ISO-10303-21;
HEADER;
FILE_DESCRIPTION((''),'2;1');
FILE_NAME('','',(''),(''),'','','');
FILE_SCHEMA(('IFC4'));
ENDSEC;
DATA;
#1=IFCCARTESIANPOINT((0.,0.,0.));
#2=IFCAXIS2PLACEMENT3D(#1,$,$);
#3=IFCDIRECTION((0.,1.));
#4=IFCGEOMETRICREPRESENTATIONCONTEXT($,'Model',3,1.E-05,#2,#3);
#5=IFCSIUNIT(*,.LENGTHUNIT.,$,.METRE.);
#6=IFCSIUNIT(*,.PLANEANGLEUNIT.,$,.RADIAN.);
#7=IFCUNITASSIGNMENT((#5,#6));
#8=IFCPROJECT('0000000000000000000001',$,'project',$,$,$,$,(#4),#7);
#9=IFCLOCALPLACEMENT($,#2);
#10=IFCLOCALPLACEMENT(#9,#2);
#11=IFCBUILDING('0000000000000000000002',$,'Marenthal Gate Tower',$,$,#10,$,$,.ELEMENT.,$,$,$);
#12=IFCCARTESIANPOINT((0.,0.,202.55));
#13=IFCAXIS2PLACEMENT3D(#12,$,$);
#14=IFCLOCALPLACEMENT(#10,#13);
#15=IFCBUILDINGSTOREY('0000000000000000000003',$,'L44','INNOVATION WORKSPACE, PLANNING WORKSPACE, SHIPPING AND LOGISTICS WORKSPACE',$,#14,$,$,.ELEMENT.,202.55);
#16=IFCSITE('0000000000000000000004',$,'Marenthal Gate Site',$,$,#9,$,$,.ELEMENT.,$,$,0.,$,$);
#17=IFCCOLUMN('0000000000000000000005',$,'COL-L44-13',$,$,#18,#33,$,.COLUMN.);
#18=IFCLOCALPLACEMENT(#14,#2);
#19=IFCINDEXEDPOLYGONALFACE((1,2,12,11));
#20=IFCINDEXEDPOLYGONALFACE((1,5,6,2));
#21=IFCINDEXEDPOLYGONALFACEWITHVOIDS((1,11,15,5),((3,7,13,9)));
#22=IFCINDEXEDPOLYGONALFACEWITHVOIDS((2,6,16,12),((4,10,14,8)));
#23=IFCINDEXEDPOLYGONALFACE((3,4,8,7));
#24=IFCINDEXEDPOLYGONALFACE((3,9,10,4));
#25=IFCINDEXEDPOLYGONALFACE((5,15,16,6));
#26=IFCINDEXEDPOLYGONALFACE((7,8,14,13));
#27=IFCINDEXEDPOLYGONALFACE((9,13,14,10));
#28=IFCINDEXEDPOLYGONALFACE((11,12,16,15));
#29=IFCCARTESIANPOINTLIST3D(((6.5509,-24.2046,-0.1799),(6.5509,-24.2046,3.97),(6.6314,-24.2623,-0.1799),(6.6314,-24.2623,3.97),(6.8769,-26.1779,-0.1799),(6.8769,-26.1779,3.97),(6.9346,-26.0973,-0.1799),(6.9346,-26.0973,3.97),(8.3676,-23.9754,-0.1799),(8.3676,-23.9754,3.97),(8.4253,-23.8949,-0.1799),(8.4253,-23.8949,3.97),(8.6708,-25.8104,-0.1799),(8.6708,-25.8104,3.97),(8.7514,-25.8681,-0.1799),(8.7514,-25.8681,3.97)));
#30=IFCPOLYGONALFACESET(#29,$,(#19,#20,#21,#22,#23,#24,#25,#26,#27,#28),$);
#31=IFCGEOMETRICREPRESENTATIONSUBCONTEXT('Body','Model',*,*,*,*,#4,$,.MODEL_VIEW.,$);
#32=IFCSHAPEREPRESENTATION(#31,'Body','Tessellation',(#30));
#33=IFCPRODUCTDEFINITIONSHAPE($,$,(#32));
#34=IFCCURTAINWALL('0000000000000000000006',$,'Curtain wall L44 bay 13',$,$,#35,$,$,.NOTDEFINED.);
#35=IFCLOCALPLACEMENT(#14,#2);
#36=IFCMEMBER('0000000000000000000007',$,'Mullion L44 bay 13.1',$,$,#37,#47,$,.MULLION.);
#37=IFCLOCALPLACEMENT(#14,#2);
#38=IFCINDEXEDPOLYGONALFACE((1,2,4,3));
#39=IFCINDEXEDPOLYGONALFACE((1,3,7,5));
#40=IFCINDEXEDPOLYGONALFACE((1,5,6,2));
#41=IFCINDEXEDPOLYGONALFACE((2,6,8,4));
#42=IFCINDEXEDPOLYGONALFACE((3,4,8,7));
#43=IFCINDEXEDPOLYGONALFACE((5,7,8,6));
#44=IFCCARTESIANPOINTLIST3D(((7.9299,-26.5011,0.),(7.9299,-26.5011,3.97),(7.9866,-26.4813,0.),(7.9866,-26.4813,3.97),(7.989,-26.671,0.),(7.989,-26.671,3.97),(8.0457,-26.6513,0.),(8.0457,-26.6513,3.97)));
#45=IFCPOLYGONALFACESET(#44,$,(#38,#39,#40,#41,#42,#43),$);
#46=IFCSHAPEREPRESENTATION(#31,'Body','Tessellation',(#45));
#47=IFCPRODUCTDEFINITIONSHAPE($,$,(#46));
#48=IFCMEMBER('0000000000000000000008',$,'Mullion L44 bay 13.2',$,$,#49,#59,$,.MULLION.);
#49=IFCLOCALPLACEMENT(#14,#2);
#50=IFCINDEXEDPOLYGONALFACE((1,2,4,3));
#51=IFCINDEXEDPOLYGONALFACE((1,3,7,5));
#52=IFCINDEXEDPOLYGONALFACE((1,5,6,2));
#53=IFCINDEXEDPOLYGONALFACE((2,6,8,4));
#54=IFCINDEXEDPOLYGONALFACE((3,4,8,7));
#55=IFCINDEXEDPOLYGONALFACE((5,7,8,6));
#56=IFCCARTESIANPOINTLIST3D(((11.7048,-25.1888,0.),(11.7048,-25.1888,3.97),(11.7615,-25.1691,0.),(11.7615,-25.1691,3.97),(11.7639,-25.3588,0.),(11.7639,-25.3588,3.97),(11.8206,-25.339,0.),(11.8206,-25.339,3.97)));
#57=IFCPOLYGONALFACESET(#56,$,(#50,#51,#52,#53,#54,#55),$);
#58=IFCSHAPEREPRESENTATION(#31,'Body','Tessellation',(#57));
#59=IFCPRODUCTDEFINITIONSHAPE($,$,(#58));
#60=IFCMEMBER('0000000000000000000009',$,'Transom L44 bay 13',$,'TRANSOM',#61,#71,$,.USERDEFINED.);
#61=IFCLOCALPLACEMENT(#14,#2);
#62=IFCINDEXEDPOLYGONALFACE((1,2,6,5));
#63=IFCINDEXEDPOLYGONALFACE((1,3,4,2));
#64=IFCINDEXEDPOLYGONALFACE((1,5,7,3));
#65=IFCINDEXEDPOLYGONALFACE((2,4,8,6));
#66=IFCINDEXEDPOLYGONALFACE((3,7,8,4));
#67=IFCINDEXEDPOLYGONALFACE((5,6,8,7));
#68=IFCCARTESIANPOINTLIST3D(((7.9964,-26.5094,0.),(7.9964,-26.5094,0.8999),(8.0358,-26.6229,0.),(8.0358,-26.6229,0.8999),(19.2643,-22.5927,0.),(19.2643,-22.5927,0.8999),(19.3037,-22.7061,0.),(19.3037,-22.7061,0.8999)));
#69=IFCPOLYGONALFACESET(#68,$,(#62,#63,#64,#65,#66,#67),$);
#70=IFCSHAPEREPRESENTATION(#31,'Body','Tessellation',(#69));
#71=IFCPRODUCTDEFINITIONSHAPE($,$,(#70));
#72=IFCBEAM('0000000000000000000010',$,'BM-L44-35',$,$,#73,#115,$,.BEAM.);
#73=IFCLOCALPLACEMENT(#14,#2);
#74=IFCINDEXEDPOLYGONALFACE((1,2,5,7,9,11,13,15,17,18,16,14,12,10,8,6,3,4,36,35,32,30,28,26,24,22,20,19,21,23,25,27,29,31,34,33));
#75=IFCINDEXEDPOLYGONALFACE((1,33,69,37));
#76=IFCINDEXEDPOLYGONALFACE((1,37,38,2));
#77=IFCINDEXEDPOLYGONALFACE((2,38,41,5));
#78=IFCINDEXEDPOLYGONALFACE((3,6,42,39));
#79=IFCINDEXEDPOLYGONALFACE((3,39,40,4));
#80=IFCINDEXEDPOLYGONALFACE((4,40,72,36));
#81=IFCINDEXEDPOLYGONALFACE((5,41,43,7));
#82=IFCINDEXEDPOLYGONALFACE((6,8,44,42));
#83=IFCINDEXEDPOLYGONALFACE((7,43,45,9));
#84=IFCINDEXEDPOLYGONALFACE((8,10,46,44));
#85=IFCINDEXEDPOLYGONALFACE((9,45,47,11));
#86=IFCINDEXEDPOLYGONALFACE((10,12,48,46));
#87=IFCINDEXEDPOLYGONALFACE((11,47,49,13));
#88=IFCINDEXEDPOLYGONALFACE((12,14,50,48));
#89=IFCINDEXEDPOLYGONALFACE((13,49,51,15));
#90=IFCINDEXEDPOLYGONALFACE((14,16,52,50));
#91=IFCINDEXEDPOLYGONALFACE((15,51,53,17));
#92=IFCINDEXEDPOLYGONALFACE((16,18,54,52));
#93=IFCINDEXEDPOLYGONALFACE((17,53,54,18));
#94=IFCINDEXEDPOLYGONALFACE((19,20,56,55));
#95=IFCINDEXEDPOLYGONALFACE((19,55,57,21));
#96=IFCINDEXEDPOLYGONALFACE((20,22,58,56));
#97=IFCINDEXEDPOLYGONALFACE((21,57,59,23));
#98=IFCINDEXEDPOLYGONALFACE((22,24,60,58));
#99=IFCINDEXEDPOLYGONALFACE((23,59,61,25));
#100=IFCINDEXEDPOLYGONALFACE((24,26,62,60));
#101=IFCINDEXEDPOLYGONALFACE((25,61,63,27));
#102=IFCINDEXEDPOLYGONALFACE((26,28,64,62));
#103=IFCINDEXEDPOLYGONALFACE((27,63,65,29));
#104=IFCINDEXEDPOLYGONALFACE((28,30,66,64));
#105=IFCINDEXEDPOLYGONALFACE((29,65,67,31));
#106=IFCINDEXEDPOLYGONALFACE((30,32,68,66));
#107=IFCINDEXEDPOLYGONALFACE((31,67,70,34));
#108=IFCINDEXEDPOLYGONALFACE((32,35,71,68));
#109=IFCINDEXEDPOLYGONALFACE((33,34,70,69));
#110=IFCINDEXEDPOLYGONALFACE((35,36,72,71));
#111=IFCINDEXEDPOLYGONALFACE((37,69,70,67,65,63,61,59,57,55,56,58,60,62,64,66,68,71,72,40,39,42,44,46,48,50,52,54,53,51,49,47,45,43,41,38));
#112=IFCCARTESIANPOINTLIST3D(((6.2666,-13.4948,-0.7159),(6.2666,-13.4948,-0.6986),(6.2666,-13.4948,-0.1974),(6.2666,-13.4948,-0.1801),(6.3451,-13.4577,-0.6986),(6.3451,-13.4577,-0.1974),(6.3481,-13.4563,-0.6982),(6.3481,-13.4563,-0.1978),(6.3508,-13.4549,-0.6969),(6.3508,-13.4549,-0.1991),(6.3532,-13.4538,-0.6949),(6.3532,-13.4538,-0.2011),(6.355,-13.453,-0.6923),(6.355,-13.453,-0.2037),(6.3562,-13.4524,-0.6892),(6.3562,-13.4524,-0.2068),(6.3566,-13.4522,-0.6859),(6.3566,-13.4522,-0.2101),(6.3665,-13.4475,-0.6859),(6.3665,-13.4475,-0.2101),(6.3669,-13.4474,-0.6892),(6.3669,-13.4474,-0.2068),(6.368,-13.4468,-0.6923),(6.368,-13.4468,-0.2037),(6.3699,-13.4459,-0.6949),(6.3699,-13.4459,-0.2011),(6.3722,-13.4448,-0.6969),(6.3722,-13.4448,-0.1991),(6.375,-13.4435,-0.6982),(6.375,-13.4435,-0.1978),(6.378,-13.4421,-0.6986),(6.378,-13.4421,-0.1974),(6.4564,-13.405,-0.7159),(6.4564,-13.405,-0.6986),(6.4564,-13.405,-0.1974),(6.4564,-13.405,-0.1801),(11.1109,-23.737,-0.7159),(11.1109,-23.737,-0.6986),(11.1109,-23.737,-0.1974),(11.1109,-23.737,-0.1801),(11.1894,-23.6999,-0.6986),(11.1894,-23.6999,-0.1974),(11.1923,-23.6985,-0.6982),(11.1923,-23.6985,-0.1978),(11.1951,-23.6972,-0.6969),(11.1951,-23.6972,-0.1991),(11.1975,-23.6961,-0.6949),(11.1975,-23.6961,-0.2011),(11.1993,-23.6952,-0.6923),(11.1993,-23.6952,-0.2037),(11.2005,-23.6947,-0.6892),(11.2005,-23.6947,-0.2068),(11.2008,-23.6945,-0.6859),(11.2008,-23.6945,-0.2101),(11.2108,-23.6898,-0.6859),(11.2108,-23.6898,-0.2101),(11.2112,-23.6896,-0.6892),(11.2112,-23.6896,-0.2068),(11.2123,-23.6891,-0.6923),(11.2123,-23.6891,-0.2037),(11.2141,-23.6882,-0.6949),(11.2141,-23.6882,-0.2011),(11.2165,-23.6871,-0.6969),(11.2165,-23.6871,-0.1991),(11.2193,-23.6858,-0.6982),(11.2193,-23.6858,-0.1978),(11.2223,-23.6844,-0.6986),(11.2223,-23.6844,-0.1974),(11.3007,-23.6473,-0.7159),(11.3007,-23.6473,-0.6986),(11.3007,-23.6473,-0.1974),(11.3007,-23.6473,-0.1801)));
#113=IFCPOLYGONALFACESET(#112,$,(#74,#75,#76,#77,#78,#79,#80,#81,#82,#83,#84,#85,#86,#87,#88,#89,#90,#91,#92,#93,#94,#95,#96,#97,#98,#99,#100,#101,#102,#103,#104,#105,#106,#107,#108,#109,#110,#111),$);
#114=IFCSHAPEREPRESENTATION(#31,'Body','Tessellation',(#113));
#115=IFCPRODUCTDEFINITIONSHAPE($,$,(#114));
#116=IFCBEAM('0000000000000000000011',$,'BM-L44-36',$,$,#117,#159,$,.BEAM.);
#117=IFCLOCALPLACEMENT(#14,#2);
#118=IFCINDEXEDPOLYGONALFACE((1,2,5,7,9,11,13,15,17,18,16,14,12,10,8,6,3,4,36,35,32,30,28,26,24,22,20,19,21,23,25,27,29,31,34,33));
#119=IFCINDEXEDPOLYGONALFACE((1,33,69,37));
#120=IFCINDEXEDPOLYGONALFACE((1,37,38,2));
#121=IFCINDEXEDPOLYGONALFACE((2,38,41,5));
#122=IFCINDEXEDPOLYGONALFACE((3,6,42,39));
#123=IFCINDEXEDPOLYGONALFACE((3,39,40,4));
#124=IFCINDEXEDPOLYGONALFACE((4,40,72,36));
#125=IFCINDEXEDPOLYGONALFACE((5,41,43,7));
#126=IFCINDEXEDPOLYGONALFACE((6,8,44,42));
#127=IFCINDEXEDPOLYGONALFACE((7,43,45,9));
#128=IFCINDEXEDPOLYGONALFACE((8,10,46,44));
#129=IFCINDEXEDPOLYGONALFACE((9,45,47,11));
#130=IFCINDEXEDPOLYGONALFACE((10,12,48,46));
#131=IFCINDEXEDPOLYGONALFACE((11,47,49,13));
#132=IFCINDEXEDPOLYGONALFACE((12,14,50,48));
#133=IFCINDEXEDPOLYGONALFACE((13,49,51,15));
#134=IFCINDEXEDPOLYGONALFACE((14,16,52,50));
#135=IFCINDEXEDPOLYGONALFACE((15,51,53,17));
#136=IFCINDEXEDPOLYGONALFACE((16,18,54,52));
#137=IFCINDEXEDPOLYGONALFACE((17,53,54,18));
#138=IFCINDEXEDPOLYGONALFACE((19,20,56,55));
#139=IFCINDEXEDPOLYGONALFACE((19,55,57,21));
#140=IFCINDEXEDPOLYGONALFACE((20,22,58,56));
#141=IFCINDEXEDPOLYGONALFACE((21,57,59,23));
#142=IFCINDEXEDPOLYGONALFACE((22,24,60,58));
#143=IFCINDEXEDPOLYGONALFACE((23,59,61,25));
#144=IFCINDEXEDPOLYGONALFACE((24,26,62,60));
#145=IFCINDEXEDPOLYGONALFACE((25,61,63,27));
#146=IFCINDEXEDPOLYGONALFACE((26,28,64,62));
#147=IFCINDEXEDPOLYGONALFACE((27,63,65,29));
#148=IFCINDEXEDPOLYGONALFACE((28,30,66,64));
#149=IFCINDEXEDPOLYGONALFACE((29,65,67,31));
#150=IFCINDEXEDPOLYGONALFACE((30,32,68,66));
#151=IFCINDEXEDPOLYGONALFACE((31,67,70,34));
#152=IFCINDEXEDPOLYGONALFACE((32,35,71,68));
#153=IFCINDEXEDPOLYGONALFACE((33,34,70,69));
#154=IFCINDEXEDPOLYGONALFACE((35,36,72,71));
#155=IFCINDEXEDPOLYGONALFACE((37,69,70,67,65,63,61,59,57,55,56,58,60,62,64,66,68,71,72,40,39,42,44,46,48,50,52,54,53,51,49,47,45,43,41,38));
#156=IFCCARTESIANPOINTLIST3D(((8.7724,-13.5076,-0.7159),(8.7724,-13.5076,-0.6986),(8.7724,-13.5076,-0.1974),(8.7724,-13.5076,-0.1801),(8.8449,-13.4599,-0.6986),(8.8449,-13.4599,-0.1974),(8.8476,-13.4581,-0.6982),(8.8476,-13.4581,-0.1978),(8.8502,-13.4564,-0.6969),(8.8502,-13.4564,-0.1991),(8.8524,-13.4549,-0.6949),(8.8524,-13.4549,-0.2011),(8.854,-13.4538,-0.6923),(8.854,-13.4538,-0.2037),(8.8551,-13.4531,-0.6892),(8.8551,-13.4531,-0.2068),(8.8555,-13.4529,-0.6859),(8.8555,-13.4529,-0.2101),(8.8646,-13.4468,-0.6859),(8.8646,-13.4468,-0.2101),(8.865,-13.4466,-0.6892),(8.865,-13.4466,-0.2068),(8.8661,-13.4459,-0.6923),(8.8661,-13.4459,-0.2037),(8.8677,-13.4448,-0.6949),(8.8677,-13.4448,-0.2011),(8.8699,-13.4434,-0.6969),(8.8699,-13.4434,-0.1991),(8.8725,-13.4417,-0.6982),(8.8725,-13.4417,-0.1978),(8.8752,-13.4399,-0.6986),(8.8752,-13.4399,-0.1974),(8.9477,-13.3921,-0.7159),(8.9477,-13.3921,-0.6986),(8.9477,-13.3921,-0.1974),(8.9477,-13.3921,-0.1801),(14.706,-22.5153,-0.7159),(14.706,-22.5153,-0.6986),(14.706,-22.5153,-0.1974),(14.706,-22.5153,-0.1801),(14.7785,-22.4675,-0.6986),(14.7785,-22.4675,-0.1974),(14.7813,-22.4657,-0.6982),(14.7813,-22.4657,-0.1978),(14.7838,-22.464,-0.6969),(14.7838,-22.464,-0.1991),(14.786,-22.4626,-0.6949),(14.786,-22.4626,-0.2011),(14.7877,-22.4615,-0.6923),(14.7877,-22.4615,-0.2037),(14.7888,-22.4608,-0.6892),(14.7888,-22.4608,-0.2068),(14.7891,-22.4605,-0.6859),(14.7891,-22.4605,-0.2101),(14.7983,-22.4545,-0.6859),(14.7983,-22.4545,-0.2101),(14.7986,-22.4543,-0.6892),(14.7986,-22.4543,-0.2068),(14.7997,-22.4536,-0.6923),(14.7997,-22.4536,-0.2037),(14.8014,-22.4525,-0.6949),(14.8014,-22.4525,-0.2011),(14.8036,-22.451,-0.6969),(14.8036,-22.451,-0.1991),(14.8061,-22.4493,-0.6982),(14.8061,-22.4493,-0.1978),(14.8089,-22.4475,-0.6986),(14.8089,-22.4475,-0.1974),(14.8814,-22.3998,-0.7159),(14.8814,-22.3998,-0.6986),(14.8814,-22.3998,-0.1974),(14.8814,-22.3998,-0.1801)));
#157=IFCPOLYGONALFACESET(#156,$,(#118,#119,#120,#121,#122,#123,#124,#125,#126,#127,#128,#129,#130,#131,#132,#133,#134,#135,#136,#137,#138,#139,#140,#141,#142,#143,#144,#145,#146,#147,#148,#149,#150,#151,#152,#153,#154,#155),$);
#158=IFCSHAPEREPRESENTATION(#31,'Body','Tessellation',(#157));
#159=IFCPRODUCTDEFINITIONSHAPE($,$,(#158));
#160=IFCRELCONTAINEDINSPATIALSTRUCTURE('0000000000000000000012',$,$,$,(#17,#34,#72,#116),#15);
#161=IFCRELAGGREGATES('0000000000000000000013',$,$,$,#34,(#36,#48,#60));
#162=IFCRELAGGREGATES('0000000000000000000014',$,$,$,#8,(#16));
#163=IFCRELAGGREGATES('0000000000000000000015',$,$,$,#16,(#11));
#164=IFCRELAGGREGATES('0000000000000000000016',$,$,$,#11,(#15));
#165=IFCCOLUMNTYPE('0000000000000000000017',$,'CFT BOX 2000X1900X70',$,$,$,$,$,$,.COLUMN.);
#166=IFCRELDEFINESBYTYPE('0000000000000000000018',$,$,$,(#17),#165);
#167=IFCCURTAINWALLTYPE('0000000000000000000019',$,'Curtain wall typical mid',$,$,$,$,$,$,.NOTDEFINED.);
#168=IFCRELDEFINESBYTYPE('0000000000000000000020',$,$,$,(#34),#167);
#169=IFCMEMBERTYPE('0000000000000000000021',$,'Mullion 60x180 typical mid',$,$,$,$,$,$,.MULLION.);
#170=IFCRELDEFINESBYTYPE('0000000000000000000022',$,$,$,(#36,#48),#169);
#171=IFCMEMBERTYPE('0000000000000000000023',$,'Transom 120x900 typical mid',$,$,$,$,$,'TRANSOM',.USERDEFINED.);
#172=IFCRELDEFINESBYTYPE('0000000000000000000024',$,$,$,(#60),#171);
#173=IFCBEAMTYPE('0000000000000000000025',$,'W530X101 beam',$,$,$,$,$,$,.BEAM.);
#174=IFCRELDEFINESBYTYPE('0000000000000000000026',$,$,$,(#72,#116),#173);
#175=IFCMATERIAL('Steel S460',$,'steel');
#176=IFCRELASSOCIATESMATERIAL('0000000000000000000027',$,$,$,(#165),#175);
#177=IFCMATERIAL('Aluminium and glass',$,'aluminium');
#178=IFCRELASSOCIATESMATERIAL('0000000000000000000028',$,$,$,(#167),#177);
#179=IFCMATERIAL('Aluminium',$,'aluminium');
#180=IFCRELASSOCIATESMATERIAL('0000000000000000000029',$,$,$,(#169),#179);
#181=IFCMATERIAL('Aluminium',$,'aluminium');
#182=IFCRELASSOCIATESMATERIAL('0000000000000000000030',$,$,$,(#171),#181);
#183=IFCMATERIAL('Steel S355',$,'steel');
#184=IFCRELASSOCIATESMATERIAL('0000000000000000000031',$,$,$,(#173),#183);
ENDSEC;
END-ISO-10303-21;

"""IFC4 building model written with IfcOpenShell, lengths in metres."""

from ifc_helpers import new_model, si_unit, direction, frame, origin, origin_2d, place, context, subcontext, project, spatial, rectangle, hollow_rectangle, i_section, extrude, material, material_profile, profile_set, type_object, element, aggregate, save


model = new_model("IFC4")

# Units and contexts
model_context = context("Model", 3, precision=1e-05, world=origin(), true_north=direction((0.0, 1.0)))
body_context = subcontext(model_context, "Body", "Model", "MODEL_VIEW")
ifc_project = project(units=[si_unit("LENGTHUNIT", "METRE"), si_unit("PLANEANGLEUNIT", "RADIAN")], contexts=[model_context])

# Site, building, storey
site_placement = place(None, origin())
site = spatial("IfcSite", under=ifc_project, at=site_placement, Name="Marenthal Gate Site", CompositionType="ELEMENT", RefElevation=0.0)
building_placement = place(site_placement, origin())
building = spatial("IfcBuilding", under=site, at=building_placement, Name="Marenthal Gate Tower", CompositionType="ELEMENT")
storey_placement = place(building_placement, frame((0.0, 0.0, 202.55)))
storey = spatial("IfcBuildingStorey", under=building, at=storey_placement, Name="L44", Description="INNOVATION WORKSPACE, PLANNING WORKSPACE, SHIPPING AND LOGISTICS WORKSPACE", CompositionType="ELEMENT", Elevation=202.55)

# Column
ifc_material_1 = material(Name="Steel S460", Category="steel")
ifc_material_profile_1 = material_profile(ifc_material_1, hollow_rectangle(XDim=1.8999, YDim=2.0, WallThickness=0.0701, at=origin_2d()), Name="CFT BOX 2000X1900X70")
ifc_material_2 = material(Name="Concrete 70 MPa", Category="concrete")
ifc_material_profile_2 = material_profile(ifc_material_2, rectangle(XDim=1.76, YDim=1.8601, at=origin_2d()), Name="CFT BOX 2000X1900X70 INFILL")
ifc_profile_set_1 = profile_set([ifc_material_profile_1, ifc_material_profile_2], Name="Steel S460 shell, Concrete 70 MPa infill")
column_type = type_object("IfcColumnType", Name="CFT BOX 2000X1900X70", PredefinedType="COLUMN", material=ifc_profile_set_1)
column_placement = place(storey_placement, frame((7.6511, -25.0364, -0.1799), z_axis=(0.0, 0.0, 1.0), x_axis=(-0.986621, -0.16303, 0.0)))
element("IfcColumn", 1, at=column_placement, inside=storey, type_object=column_type, Name="COL-L44-13", PredefinedType="COLUMN", context=body_context, shape_type="SweptSolid", body=[
    extrude(hollow_rectangle(XDim=1.8999, YDim=2.0, WallThickness=0.0701, at=origin_2d()), origin(), (0.0, 0.0, 1.0), 4.1499),
])

# Curtain wall, members
ifc_material_3 = material(Name="Aluminium and glass", Category="aluminium")
curtain_wall_type = type_object("IfcCurtainWallType", Name="Curtain wall typical mid", PredefinedType="NOTDEFINED", material=ifc_material_3)
curtain_wall_placement = place(storey_placement, origin())
curtain_wall = element("IfcCurtainWall", 2, at=curtain_wall_placement, inside=storey, type_object=curtain_wall_type, Name="Curtain wall L44 bay 13", PredefinedType="NOTDEFINED")
ifc_material_4 = material(Name="Aluminium", Category="aluminium")
ifc_material_profile_3 = material_profile(ifc_material_4, rectangle(XDim=0.1799, YDim=0.0601, at=origin_2d()), Name="60x180 aluminium mullion")
ifc_profile_set_2 = profile_set([ifc_material_profile_3], Name="Aluminium")
member_type_1 = type_object("IfcMemberType", Name="Mullion 60x180 typical mid", PredefinedType="MULLION", material=ifc_profile_set_2)
member_1_placement = place(storey_placement, frame((7.9878, -26.5762, 0.0), z_axis=(0.0, 0.0, 1.0), x_axis=(-0.328332, 0.944562, 0.0)))
member_1 = element("IfcMember", 3, at=member_1_placement, type_object=member_type_1, Name="Mullion L44 bay 13.1", PredefinedType="MULLION", context=body_context, shape_type="SweptSolid", body=[
    extrude(rectangle(XDim=0.1799, YDim=0.0601, at=origin_2d()), origin(), (0.0, 0.0, 1.0), 3.97),
])
member_2_placement = place(storey_placement, frame((11.7627, -25.2639, 0.0), z_axis=(0.0, 0.0, 1.0), x_axis=(-0.328332, 0.944562, 0.0)))
member_2 = element("IfcMember", 4, at=member_2_placement, type_object=member_type_1, Name="Mullion L44 bay 13.2", PredefinedType="MULLION", context=body_context, shape_type="SweptSolid", body=[
    extrude(rectangle(XDim=0.1799, YDim=0.0601, at=origin_2d()), origin(), (0.0, 0.0, 1.0), 3.97),
])
ifc_material_5 = material(Name="Aluminium", Category="aluminium")
ifc_material_profile_4 = material_profile(ifc_material_5, rectangle(XDim=0.1201, YDim=0.8999, at=origin_2d()), Name="120x900 aluminium transom")
ifc_profile_set_3 = profile_set([ifc_material_profile_4], Name="Aluminium")
member_type_2 = type_object("IfcMemberType", Name="Transom 120x900 typical mid", ElementType="TRANSOM", PredefinedType="USERDEFINED", material=ifc_profile_set_3)
member_3_placement = place(storey_placement, frame((8.0161, -26.5662, 0.45), z_axis=(0.944562, 0.328334, 0.0), x_axis=(-0.328334, 0.944562, 0.0)))
member_3 = element("IfcMember", 5, at=member_3_placement, type_object=member_type_2, Name="Transom L44 bay 13", ObjectType="TRANSOM", PredefinedType="USERDEFINED", context=body_context, shape_type="SweptSolid", body=[
    extrude(rectangle(XDim=0.1201, YDim=0.8999, at=origin_2d()), origin(), (0.0, 0.0, 1.0), 11.9292),
])

# Beams
ifc_material_6 = material(Name="Steel S355", Category="steel")
ifc_material_profile_5 = material_profile(ifc_material_6, i_section(OverallWidth=0.21, OverallDepth=0.5359, WebThickness=0.011, FlangeThickness=0.0173, FilletRadius=0.0127, at=origin_2d()), Name="W530X101")
ifc_profile_set_4 = profile_set([ifc_material_profile_5], Name="Steel S355")
beam_type_1 = type_object("IfcBeamType", Name="W530X101 beam", PredefinedType="BEAM", material=ifc_profile_set_4)
beam_1_placement = place(storey_placement, frame((11.2058, -23.6921, -0.448), z_axis=(-0.427558, 0.903988, 0.0), x_axis=(-0.903988, -0.427558, 0.0)))
element("IfcBeam", 6, at=beam_1_placement, inside=storey, type_object=beam_type_1, Name="BM-L44-35", PredefinedType="BEAM", context=body_context, shape_type="SweptSolid", body=[
    extrude(i_section(OverallWidth=0.21, OverallDepth=0.5359, WebThickness=0.011, FlangeThickness=0.0173, FilletRadius=0.0127, at=origin_2d()), origin(), (0.0, 0.0, 1.0), 11.3301),
])
beam_2_placement = place(storey_placement, frame((14.7937, -22.4575, -0.448), z_axis=(-0.550106, 0.835095, 0.0), x_axis=(-0.835095, -0.550106, 0.0)))
element("IfcBeam", 7, at=beam_2_placement, inside=storey, type_object=beam_type_1, Name="BM-L44-36", PredefinedType="BEAM", context=body_context, shape_type="SweptSolid", body=[
    extrude(i_section(OverallWidth=0.21, OverallDepth=0.5359, WebThickness=0.011, FlangeThickness=0.0173, FilletRadius=0.0127, at=origin_2d()), origin(), (0.0, 0.0, 1.0), 10.7864),
])

aggregate(curtain_wall, [member_1, member_2, member_3])

save(model, "model.ifc")
